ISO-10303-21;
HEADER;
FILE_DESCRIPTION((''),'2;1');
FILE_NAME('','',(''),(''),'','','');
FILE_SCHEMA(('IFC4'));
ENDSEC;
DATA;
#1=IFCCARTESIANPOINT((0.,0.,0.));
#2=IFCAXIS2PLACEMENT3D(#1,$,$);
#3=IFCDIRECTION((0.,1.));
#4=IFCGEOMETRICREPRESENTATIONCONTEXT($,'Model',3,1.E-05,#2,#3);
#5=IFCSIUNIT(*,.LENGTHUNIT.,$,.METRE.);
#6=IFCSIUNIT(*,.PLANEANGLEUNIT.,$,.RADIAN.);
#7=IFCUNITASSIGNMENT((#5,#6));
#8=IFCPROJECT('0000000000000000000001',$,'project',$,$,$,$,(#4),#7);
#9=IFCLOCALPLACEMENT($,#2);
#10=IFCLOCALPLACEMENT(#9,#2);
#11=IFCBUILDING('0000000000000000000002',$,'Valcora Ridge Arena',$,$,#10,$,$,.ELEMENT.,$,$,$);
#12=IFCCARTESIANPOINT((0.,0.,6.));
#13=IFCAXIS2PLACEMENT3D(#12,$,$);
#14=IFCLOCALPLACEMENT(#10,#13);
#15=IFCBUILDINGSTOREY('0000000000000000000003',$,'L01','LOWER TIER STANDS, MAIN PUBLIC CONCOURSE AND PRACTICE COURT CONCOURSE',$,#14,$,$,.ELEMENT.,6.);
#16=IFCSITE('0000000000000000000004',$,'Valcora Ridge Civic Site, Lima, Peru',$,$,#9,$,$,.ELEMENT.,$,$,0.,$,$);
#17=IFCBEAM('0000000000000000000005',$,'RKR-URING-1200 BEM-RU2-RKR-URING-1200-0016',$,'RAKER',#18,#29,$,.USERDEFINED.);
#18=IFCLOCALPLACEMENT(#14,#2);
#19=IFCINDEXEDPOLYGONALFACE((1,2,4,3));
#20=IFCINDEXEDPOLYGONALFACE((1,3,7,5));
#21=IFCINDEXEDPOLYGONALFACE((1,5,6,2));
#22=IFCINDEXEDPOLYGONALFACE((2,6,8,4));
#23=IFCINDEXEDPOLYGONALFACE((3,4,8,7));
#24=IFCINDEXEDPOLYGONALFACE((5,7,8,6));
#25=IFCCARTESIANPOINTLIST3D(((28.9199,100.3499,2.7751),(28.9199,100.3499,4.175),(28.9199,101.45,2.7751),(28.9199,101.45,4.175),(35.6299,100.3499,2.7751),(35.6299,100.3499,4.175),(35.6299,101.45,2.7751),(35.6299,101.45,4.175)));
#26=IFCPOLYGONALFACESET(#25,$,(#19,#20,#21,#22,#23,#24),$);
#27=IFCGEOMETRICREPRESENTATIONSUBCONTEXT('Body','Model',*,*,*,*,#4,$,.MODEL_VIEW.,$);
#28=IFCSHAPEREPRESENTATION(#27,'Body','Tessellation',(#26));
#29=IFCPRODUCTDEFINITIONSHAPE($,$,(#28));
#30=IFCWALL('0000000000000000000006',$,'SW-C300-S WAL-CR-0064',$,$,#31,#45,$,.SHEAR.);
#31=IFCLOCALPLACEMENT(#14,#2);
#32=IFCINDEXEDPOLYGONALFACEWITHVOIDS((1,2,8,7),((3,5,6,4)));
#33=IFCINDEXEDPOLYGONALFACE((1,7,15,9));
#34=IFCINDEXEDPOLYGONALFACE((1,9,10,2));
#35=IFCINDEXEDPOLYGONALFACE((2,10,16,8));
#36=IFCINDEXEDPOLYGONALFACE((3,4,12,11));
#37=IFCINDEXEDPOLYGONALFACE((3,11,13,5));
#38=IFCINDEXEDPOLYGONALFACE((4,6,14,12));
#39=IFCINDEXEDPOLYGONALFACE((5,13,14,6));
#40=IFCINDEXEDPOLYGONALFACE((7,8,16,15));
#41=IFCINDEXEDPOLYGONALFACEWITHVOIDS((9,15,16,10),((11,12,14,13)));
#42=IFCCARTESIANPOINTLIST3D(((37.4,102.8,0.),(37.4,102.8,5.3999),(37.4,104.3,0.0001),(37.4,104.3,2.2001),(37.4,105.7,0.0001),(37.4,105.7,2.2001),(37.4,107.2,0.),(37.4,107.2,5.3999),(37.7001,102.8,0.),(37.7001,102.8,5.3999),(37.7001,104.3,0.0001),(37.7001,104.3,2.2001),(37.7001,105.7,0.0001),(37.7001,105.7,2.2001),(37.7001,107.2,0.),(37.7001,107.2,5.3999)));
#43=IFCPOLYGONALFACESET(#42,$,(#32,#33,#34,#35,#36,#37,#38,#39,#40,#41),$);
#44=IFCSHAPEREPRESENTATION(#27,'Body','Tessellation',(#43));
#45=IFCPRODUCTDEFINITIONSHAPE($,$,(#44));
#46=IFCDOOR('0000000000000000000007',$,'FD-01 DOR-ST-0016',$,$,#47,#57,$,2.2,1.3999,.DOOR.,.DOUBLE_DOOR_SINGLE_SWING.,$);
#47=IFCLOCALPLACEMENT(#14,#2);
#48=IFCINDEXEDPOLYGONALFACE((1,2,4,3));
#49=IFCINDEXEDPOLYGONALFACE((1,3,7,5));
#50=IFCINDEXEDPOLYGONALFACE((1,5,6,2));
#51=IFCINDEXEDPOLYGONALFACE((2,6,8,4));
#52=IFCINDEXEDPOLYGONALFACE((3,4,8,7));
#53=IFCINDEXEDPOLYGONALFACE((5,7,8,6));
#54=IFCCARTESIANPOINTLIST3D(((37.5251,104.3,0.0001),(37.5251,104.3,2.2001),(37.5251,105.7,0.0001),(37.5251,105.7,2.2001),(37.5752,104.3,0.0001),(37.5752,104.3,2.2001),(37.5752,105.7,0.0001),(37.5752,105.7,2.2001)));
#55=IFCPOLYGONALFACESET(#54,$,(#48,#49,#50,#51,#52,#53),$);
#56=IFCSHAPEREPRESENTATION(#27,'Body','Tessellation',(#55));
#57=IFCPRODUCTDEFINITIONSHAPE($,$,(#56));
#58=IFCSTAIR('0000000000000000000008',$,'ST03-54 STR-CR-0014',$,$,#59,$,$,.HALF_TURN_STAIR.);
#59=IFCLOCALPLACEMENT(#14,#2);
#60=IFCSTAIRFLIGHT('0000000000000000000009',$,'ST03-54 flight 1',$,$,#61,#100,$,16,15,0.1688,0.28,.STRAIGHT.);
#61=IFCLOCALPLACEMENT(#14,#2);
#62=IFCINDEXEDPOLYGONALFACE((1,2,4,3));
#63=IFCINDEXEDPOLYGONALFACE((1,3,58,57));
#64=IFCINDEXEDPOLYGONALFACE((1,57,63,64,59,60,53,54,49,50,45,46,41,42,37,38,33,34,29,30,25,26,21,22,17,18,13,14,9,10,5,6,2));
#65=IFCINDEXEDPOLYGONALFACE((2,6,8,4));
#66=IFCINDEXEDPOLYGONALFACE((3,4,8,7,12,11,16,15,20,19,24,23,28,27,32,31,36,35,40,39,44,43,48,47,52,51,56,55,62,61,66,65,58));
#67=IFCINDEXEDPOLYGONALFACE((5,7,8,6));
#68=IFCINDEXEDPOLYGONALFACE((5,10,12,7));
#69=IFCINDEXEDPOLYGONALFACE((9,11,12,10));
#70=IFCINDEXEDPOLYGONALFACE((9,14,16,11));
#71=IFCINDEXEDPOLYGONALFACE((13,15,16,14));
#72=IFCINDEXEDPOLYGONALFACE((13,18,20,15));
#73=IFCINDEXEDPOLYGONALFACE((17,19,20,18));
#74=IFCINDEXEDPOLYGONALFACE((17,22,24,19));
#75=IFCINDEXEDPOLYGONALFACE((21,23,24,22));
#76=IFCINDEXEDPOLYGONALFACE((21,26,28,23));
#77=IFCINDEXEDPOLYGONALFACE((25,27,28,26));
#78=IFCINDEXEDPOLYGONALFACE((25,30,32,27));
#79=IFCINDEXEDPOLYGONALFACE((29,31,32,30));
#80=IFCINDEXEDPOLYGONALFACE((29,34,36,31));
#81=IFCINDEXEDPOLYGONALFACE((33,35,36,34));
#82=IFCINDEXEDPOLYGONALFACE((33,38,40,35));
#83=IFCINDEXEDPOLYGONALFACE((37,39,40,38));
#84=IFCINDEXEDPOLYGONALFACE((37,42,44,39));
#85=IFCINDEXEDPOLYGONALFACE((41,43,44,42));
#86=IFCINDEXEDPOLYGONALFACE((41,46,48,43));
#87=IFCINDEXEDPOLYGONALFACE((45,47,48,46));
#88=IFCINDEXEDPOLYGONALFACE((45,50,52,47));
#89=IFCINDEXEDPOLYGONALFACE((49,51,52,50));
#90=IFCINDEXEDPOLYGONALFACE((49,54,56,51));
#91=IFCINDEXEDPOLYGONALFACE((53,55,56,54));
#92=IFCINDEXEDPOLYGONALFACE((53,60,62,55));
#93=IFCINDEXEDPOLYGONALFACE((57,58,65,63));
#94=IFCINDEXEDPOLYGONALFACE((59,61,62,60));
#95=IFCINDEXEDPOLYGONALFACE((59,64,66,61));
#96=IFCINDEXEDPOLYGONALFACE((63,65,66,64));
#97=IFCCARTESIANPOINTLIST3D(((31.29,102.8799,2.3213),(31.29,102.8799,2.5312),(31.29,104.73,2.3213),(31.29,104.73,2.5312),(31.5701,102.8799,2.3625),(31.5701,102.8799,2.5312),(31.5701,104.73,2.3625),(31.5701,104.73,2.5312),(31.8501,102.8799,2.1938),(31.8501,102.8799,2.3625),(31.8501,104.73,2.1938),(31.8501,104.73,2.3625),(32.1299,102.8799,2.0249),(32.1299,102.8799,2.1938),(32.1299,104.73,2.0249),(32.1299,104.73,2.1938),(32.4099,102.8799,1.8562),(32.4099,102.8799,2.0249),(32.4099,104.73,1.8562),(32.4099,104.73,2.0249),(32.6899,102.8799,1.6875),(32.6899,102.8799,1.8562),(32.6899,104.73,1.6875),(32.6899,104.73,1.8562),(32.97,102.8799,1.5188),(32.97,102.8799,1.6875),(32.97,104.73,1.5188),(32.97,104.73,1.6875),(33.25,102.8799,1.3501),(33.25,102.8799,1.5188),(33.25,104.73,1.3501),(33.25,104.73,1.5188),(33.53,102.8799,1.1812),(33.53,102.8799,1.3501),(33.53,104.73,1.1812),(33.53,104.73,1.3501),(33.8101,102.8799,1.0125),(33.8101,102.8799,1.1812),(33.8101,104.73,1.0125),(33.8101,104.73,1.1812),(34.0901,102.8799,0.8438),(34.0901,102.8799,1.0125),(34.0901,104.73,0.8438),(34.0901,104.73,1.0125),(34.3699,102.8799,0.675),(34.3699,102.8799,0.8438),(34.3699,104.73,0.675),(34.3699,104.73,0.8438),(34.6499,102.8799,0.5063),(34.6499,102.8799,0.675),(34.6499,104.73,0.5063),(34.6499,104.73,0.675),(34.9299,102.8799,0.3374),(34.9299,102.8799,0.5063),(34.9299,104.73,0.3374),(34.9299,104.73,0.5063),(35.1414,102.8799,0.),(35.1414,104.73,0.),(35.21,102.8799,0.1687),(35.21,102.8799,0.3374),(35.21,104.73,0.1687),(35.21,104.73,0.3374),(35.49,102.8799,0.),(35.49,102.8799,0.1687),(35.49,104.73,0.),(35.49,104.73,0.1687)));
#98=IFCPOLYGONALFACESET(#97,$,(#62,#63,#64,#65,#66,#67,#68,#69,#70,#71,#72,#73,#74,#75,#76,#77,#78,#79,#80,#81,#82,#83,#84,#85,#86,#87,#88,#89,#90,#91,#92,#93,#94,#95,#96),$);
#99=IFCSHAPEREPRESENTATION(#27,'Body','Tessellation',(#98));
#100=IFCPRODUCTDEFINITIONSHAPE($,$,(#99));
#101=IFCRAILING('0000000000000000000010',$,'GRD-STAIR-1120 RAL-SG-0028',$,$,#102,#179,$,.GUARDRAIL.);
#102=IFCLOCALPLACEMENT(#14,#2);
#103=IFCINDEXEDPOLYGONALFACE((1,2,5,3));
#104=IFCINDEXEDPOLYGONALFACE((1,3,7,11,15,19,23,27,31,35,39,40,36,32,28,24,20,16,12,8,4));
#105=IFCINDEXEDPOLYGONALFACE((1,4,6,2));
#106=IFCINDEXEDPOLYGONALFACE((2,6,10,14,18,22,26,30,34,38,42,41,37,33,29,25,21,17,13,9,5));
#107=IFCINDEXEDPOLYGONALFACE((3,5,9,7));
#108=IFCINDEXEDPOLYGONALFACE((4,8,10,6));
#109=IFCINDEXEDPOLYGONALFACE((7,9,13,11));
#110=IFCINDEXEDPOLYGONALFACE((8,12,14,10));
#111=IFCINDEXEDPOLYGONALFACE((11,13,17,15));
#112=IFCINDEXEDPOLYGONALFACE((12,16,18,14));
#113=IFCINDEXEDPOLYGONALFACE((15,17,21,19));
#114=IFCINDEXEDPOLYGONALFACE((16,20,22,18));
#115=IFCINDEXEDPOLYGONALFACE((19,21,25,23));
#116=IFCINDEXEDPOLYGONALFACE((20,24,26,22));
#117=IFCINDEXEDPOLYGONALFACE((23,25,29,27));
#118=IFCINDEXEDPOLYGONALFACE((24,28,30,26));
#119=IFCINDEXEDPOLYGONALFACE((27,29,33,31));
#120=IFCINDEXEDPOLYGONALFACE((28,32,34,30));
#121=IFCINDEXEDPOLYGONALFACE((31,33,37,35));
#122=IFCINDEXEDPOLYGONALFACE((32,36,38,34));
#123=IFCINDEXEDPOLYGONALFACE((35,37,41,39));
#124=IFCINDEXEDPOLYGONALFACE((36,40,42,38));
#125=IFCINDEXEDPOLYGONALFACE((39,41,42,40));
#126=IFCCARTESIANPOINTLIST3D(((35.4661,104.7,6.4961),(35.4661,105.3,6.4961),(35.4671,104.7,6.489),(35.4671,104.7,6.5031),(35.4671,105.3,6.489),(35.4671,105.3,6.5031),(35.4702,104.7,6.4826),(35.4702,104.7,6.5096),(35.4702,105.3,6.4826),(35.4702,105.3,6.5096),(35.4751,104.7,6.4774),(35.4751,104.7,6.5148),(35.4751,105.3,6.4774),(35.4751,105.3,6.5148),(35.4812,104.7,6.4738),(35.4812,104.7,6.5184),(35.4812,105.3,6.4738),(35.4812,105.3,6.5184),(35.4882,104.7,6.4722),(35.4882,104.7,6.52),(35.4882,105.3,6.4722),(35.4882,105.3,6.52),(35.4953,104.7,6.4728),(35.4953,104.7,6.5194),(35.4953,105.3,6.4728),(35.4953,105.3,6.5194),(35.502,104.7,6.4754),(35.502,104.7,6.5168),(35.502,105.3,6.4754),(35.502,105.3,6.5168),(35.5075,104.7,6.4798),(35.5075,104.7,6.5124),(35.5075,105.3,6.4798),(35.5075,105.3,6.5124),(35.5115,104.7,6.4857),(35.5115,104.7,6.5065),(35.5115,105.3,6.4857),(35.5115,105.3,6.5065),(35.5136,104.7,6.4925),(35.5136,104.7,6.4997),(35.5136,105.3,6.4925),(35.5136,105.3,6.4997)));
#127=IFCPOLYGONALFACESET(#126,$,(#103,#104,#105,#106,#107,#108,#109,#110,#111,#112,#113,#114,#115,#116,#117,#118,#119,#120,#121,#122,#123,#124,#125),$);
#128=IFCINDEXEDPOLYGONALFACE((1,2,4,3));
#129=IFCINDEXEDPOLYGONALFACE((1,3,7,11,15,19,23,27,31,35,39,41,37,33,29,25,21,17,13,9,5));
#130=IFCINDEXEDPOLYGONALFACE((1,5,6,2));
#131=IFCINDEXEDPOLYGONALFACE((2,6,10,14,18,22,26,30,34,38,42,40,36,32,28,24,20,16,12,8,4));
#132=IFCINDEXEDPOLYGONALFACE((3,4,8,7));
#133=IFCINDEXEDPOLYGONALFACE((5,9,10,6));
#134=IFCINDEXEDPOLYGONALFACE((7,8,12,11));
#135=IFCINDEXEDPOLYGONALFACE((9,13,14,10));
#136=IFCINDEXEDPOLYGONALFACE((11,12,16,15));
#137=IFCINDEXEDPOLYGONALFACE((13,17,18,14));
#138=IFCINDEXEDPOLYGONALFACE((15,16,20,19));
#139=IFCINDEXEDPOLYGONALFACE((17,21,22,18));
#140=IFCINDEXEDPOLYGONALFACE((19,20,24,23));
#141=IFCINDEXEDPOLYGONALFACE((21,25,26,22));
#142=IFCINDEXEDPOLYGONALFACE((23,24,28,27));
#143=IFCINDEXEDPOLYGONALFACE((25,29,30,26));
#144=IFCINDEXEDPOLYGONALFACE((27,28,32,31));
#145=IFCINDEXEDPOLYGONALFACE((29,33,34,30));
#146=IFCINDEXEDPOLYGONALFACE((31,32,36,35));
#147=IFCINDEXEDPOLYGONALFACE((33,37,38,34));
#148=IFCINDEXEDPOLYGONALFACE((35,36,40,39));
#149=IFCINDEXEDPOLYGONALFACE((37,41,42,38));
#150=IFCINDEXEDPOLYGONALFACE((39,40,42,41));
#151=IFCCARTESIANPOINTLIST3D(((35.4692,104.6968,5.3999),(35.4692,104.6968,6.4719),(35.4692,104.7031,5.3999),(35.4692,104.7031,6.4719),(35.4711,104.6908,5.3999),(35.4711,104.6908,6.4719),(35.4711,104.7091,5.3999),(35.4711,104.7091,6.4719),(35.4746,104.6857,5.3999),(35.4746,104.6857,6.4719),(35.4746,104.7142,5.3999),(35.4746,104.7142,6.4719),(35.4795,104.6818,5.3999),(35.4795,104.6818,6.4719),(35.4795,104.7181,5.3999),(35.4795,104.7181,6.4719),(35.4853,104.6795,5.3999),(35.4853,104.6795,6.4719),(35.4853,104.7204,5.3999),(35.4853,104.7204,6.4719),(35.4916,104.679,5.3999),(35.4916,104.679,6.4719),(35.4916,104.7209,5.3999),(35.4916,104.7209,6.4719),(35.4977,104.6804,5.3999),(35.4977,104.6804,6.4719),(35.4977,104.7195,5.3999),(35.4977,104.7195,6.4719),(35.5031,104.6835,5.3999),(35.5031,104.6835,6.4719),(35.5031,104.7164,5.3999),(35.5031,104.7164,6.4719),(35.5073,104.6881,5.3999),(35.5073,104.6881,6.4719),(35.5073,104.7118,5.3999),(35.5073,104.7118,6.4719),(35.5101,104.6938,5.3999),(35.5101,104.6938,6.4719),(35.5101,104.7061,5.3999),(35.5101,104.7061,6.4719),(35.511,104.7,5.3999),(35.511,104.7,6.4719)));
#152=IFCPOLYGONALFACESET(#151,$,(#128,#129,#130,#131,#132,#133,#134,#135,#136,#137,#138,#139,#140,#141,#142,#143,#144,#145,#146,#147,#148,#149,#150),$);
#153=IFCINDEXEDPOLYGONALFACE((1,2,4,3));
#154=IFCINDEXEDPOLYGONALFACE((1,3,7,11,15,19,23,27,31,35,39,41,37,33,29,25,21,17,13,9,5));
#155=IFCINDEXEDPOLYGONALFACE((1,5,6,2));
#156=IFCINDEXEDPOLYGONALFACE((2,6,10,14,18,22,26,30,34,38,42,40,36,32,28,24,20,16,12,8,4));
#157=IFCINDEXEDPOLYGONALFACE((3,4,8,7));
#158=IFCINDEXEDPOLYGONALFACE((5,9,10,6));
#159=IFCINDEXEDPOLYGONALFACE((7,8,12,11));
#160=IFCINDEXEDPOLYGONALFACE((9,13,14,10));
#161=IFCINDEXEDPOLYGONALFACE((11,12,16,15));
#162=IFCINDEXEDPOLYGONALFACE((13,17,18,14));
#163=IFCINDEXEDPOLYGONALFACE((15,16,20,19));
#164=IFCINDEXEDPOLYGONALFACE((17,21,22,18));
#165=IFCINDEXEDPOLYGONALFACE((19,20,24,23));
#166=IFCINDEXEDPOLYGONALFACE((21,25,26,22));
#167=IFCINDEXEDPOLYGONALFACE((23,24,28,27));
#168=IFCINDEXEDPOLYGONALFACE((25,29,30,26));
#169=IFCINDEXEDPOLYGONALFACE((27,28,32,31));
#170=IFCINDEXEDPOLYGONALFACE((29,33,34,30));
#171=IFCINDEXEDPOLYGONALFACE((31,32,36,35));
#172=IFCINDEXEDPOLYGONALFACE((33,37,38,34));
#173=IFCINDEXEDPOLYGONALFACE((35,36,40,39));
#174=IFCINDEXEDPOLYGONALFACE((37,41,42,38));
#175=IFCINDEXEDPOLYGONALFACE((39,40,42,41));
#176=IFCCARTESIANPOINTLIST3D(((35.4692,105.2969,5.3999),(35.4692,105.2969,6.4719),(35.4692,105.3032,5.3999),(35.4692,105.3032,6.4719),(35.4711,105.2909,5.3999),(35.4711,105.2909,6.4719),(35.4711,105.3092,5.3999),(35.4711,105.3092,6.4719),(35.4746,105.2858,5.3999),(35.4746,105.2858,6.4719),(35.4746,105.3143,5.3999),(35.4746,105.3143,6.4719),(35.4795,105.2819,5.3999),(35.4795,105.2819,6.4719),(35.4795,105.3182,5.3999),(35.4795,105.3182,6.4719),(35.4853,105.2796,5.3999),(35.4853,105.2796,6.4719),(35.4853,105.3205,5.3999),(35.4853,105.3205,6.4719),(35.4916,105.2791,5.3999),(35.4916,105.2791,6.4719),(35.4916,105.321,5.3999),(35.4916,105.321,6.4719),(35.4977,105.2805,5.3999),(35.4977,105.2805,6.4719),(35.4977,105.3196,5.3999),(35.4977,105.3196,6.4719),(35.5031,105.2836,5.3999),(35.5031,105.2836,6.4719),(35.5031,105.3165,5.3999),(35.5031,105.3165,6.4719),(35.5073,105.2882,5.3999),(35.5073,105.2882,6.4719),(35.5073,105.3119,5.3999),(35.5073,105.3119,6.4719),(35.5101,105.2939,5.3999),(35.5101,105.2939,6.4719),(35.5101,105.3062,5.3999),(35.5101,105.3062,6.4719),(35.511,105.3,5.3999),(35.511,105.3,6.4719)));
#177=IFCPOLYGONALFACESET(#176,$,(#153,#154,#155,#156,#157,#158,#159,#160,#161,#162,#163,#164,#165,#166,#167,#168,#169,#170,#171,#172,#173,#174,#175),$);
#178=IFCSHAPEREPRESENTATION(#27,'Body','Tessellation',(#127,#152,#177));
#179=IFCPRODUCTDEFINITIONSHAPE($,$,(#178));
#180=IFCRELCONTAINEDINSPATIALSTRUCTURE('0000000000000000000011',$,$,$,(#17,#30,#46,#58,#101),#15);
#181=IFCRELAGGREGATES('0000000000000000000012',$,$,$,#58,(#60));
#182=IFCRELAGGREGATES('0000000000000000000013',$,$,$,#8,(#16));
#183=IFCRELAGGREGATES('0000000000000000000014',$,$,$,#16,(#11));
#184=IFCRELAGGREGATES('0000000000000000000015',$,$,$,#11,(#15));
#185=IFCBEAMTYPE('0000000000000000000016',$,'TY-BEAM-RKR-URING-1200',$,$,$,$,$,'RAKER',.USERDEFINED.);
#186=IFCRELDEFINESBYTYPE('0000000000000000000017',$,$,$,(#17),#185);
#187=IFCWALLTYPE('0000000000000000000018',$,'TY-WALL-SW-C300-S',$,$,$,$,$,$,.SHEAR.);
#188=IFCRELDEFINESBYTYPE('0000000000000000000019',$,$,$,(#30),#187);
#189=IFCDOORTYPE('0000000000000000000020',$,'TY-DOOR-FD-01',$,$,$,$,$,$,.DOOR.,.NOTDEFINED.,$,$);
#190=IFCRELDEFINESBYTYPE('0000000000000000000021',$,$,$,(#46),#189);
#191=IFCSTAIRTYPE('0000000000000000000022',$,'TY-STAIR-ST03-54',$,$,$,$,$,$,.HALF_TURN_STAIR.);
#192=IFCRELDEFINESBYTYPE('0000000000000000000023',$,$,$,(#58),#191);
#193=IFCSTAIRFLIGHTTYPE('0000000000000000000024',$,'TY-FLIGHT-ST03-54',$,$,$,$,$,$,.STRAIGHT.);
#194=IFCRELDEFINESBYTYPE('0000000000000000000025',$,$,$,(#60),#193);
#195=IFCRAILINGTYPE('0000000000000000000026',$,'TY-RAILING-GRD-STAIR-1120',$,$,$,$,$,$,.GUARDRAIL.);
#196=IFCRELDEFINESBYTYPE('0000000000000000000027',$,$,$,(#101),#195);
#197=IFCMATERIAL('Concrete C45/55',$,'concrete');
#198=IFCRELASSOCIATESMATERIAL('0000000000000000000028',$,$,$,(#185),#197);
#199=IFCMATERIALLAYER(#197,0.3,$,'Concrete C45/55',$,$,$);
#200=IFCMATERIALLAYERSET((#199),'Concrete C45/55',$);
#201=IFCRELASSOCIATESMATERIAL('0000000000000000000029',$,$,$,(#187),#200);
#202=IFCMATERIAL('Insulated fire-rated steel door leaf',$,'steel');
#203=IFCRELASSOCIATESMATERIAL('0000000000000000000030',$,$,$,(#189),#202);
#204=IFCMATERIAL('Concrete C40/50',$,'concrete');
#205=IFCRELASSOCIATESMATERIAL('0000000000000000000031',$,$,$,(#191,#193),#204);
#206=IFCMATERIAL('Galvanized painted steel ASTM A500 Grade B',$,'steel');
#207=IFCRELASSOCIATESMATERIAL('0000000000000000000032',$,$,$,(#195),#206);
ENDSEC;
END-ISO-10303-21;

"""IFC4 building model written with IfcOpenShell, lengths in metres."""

from ifc_helpers import new_model, si_unit, direction, frame, frame_2d, origin, origin_2d, place, context, subcontext, project, spatial, polyline, rectangle, circle, outline, extrude, material, layer, layer_set, material_profile, profile_set, type_object, element, fill, aggregate, save


model = new_model("IFC4")

# Units and contexts
model_context = context("Model", 3, precision=1e-05, world=origin(), true_north=direction((0.0, 1.0)))
body_context = subcontext(model_context, "Body", "Model", "MODEL_VIEW")
ifc_project = project(units=[si_unit("LENGTHUNIT", "METRE"), si_unit("PLANEANGLEUNIT", "RADIAN")], contexts=[model_context])

# Site, building, storey
site_placement = place(None, origin())
site = spatial("IfcSite", under=ifc_project, at=site_placement, Name="Valcora Ridge Civic Site, Lima, Peru", CompositionType="ELEMENT", RefElevation=0.0)
building_placement = place(site_placement, origin())
building = spatial("IfcBuilding", under=site, at=building_placement, Name="Valcora Ridge Arena", CompositionType="ELEMENT")
storey_placement = place(building_placement, frame((0.0, 0.0, 6.0)))
storey = spatial("IfcBuildingStorey", under=building, at=storey_placement, Name="L01", Description="LOWER TIER STANDS, MAIN PUBLIC CONCOURSE AND PRACTICE COURT CONCOURSE", CompositionType="ELEMENT", Elevation=6.0)

# Shared definitions
ifc_material_1 = material(Name="Concrete C40/50", Category="concrete")

# Beam
ifc_material_2 = material(Name="Concrete C45/55", Category="concrete")
ifc_material_profile_1 = material_profile(ifc_material_2, rectangle(XDim=1.1001, YDim=1.3999, at=origin_2d()), Name="RC 1100x1400")
ifc_profile_set_1 = profile_set([ifc_material_profile_1], Name="Concrete C45/55")
beam_type_1 = type_object("IfcBeamType", Name="TY-BEAM-RKR-URING-1200", ElementType="RAKER", PredefinedType="USERDEFINED", material=ifc_profile_set_1)
beam_1_placement = place(storey_placement, frame((35.6299, 100.8999, 3.4751), z_axis=(-1.0, 0.0, 0.0), x_axis=(0.0, -1.0, 0.0)))
element("IfcBeam", 1, at=beam_1_placement, inside=storey, type_object=beam_type_1, Name="RKR-URING-1200 BEM-RU2-RKR-URING-1200-0016", ObjectType="RAKER", PredefinedType="USERDEFINED", context=body_context, shape_type="SweptSolid", body=[
    extrude(rectangle(XDim=1.1001, YDim=1.3999, at=origin_2d()), origin(), (0.0, 0.0, 1.0), 6.71),
])

# Wall, opening, door
ifc_layer = layer(ifc_material_2, 0.3, Name="Concrete C45/55")
ifc_layer_set = layer_set([ifc_layer], Name="Concrete C45/55")
wall_type = type_object("IfcWallType", Name="TY-WALL-SW-C300-S", PredefinedType="SHEAR", material=ifc_layer_set)
wall_placement = place(storey_placement, frame((37.55, 102.8, 0.0), z_axis=(0.0, 0.0, 1.0), x_axis=(0.0, 1.0, 0.0)))
wall = element("IfcWall", 2, at=wall_placement, inside=storey, type_object=wall_type, Name="SW-C300-S WAL-CR-0064", PredefinedType="SHEAR", context=body_context, shape_type="SweptSolid", body=[
    extrude(rectangle(XDim=4.3999, YDim=0.3, at=frame_2d((2.2, 0.0))), origin(), (0.0, 0.0, 1.0), 5.3999),
])
opening_placement = place(wall_placement, frame((1.5, 0.0, 0.0)))
opening = element("IfcOpeningElement", 3, at=opening_placement, cuts=wall, PredefinedType="OPENING", context=body_context, shape_type="SweptSolid", body=[
    extrude(rectangle(XDim=1.3999, YDim=2.2, at=frame_2d((0.7, 1.1001))), frame((0.0, 0.1599, 0.0), z_axis=(0.0, -1.0, 0.0), x_axis=(1.0, 0.0, 0.0)), (0.0, 0.0, 1.0), 0.3201),
])
ifc_material_3 = material(Name="Insulated fire-rated steel door leaf", Category="steel")
door_type = type_object("IfcDoorType", Name="TY-DOOR-FD-01", OperationType="NOTDEFINED", PredefinedType="DOOR", material=ifc_material_3)
door_placement = place(opening_placement, origin())
door = element("IfcDoor", 4, at=door_placement, inside=storey, type_object=door_type, Name="FD-01 DOR-ST-0016", OperationType="DOUBLE_DOOR_SINGLE_SWING", OverallHeight=2.2, OverallWidth=1.3999, PredefinedType="DOOR", context=body_context, shape_type="SweptSolid", body=[
    extrude(rectangle(XDim=1.3999, YDim=2.2, at=frame_2d((0.7, 1.1001))), frame((0.0, 0.0249, 0.0), z_axis=(0.0, -1.0, 0.0), x_axis=(1.0, 0.0, 0.0)), (0.0, 0.0, 1.0), 0.05),
])
fill(opening, door)

# Stair, stair flight
stair_type = type_object("IfcStairType", Name="TY-STAIR-ST03-54", PredefinedType="HALF_TURN_STAIR", material=ifc_material_1)
stair_placement = place(storey_placement, origin())
stair = element("IfcStair", 5, at=stair_placement, inside=storey, type_object=stair_type, Name="ST03-54 STR-CR-0014", PredefinedType="HALF_TURN_STAIR")
stair_flight_type = type_object("IfcStairFlightType", Name="TY-FLIGHT-ST03-54", PredefinedType="STRAIGHT", material=ifc_material_1)
stair_flight_placement = place(storey_placement, frame((35.49, 103.8049, 0.0), z_axis=(0.0, 0.0, 1.0), x_axis=(-1.0, 0.0, 0.0)))
stair_flight = element("IfcStairFlight", 6, at=stair_flight_placement, type_object=stair_flight_type, Name="ST03-54 flight 1", NumberOfRisers=16, NumberOfTreads=15, PredefinedType="STRAIGHT", RiserHeight=0.1688, TreadLength=0.28, context=body_context, shape_type="SweptSolid", body=[
    extrude(outline(polyline([(0.0, 0.0), (0.0, 0.1687), (0.28, 0.1687), (0.28, 0.3374), (0.5601, 0.3374), (0.5601, 0.5063), (0.8401, 0.5063), (0.8401, 0.675), (1.1201, 0.675), (1.1201, 0.8438), (1.3999, 0.8438), (1.3999, 1.0125), (1.6799, 1.0125), (1.6799, 1.1812), (1.96, 1.1812), (1.96, 1.3501), (2.24, 1.3501), (2.24, 1.5188), (2.52, 1.5188), (2.52, 1.6875), (2.8, 1.6875), (2.8, 1.8562), (3.0801, 1.8562), (3.0801, 2.0249), (3.3601, 2.0249), (3.3601, 2.1938), (3.6399, 2.1938), (3.6399, 2.3625), (3.9199, 2.3625), (3.9199, 2.5312), (4.2, 2.5312), (4.2, 2.7), (4.2, 2.3213), (0.3486, 0.0), (0.0, 0.0)])), frame((0.0, 0.925, 0.0), z_axis=(0.0, -1.0, 0.0), x_axis=(1.0, 0.0, 0.0)), (0.0, 0.0, 1.0), 1.8501),
])
aggregate(stair, [stair_flight])

# Railing
ifc_material_4 = material(Name="Galvanized painted steel ASTM A500 Grade B", Category="steel")
railing_type_1 = type_object("IfcRailingType", Name="TY-RAILING-GRD-STAIR-1120", PredefinedType="GUARDRAIL", material=ifc_material_4)
railing_1_placement = place(storey_placement, frame((35.49, 104.7, 5.3999)))
element("IfcRailing", 7, at=railing_1_placement, inside=storey, type_object=railing_type_1, Name="GRD-STAIR-1120 RAL-SG-0028", PredefinedType="GUARDRAIL", context=body_context, shape_type="SweptSolid", body=[
    extrude(circle(Radius=0.0239, at=origin_2d()), frame((0.0, 0.0, 1.0962), z_axis=(0.0, 1.0, 0.0), x_axis=(-1.0, 0.0, 0.0)), (0.0, 0.0, 1.0), 0.6001),
    extrude(circle(Radius=0.021, at=origin_2d()), origin(), (0.0, 0.0, 1.0), 1.072),
    extrude(circle(Radius=0.021, at=origin_2d()), frame((0.0, 0.6001, 0.0)), (0.0, 0.0, 1.0), 1.072),
])

save(model, "model.ifc")
